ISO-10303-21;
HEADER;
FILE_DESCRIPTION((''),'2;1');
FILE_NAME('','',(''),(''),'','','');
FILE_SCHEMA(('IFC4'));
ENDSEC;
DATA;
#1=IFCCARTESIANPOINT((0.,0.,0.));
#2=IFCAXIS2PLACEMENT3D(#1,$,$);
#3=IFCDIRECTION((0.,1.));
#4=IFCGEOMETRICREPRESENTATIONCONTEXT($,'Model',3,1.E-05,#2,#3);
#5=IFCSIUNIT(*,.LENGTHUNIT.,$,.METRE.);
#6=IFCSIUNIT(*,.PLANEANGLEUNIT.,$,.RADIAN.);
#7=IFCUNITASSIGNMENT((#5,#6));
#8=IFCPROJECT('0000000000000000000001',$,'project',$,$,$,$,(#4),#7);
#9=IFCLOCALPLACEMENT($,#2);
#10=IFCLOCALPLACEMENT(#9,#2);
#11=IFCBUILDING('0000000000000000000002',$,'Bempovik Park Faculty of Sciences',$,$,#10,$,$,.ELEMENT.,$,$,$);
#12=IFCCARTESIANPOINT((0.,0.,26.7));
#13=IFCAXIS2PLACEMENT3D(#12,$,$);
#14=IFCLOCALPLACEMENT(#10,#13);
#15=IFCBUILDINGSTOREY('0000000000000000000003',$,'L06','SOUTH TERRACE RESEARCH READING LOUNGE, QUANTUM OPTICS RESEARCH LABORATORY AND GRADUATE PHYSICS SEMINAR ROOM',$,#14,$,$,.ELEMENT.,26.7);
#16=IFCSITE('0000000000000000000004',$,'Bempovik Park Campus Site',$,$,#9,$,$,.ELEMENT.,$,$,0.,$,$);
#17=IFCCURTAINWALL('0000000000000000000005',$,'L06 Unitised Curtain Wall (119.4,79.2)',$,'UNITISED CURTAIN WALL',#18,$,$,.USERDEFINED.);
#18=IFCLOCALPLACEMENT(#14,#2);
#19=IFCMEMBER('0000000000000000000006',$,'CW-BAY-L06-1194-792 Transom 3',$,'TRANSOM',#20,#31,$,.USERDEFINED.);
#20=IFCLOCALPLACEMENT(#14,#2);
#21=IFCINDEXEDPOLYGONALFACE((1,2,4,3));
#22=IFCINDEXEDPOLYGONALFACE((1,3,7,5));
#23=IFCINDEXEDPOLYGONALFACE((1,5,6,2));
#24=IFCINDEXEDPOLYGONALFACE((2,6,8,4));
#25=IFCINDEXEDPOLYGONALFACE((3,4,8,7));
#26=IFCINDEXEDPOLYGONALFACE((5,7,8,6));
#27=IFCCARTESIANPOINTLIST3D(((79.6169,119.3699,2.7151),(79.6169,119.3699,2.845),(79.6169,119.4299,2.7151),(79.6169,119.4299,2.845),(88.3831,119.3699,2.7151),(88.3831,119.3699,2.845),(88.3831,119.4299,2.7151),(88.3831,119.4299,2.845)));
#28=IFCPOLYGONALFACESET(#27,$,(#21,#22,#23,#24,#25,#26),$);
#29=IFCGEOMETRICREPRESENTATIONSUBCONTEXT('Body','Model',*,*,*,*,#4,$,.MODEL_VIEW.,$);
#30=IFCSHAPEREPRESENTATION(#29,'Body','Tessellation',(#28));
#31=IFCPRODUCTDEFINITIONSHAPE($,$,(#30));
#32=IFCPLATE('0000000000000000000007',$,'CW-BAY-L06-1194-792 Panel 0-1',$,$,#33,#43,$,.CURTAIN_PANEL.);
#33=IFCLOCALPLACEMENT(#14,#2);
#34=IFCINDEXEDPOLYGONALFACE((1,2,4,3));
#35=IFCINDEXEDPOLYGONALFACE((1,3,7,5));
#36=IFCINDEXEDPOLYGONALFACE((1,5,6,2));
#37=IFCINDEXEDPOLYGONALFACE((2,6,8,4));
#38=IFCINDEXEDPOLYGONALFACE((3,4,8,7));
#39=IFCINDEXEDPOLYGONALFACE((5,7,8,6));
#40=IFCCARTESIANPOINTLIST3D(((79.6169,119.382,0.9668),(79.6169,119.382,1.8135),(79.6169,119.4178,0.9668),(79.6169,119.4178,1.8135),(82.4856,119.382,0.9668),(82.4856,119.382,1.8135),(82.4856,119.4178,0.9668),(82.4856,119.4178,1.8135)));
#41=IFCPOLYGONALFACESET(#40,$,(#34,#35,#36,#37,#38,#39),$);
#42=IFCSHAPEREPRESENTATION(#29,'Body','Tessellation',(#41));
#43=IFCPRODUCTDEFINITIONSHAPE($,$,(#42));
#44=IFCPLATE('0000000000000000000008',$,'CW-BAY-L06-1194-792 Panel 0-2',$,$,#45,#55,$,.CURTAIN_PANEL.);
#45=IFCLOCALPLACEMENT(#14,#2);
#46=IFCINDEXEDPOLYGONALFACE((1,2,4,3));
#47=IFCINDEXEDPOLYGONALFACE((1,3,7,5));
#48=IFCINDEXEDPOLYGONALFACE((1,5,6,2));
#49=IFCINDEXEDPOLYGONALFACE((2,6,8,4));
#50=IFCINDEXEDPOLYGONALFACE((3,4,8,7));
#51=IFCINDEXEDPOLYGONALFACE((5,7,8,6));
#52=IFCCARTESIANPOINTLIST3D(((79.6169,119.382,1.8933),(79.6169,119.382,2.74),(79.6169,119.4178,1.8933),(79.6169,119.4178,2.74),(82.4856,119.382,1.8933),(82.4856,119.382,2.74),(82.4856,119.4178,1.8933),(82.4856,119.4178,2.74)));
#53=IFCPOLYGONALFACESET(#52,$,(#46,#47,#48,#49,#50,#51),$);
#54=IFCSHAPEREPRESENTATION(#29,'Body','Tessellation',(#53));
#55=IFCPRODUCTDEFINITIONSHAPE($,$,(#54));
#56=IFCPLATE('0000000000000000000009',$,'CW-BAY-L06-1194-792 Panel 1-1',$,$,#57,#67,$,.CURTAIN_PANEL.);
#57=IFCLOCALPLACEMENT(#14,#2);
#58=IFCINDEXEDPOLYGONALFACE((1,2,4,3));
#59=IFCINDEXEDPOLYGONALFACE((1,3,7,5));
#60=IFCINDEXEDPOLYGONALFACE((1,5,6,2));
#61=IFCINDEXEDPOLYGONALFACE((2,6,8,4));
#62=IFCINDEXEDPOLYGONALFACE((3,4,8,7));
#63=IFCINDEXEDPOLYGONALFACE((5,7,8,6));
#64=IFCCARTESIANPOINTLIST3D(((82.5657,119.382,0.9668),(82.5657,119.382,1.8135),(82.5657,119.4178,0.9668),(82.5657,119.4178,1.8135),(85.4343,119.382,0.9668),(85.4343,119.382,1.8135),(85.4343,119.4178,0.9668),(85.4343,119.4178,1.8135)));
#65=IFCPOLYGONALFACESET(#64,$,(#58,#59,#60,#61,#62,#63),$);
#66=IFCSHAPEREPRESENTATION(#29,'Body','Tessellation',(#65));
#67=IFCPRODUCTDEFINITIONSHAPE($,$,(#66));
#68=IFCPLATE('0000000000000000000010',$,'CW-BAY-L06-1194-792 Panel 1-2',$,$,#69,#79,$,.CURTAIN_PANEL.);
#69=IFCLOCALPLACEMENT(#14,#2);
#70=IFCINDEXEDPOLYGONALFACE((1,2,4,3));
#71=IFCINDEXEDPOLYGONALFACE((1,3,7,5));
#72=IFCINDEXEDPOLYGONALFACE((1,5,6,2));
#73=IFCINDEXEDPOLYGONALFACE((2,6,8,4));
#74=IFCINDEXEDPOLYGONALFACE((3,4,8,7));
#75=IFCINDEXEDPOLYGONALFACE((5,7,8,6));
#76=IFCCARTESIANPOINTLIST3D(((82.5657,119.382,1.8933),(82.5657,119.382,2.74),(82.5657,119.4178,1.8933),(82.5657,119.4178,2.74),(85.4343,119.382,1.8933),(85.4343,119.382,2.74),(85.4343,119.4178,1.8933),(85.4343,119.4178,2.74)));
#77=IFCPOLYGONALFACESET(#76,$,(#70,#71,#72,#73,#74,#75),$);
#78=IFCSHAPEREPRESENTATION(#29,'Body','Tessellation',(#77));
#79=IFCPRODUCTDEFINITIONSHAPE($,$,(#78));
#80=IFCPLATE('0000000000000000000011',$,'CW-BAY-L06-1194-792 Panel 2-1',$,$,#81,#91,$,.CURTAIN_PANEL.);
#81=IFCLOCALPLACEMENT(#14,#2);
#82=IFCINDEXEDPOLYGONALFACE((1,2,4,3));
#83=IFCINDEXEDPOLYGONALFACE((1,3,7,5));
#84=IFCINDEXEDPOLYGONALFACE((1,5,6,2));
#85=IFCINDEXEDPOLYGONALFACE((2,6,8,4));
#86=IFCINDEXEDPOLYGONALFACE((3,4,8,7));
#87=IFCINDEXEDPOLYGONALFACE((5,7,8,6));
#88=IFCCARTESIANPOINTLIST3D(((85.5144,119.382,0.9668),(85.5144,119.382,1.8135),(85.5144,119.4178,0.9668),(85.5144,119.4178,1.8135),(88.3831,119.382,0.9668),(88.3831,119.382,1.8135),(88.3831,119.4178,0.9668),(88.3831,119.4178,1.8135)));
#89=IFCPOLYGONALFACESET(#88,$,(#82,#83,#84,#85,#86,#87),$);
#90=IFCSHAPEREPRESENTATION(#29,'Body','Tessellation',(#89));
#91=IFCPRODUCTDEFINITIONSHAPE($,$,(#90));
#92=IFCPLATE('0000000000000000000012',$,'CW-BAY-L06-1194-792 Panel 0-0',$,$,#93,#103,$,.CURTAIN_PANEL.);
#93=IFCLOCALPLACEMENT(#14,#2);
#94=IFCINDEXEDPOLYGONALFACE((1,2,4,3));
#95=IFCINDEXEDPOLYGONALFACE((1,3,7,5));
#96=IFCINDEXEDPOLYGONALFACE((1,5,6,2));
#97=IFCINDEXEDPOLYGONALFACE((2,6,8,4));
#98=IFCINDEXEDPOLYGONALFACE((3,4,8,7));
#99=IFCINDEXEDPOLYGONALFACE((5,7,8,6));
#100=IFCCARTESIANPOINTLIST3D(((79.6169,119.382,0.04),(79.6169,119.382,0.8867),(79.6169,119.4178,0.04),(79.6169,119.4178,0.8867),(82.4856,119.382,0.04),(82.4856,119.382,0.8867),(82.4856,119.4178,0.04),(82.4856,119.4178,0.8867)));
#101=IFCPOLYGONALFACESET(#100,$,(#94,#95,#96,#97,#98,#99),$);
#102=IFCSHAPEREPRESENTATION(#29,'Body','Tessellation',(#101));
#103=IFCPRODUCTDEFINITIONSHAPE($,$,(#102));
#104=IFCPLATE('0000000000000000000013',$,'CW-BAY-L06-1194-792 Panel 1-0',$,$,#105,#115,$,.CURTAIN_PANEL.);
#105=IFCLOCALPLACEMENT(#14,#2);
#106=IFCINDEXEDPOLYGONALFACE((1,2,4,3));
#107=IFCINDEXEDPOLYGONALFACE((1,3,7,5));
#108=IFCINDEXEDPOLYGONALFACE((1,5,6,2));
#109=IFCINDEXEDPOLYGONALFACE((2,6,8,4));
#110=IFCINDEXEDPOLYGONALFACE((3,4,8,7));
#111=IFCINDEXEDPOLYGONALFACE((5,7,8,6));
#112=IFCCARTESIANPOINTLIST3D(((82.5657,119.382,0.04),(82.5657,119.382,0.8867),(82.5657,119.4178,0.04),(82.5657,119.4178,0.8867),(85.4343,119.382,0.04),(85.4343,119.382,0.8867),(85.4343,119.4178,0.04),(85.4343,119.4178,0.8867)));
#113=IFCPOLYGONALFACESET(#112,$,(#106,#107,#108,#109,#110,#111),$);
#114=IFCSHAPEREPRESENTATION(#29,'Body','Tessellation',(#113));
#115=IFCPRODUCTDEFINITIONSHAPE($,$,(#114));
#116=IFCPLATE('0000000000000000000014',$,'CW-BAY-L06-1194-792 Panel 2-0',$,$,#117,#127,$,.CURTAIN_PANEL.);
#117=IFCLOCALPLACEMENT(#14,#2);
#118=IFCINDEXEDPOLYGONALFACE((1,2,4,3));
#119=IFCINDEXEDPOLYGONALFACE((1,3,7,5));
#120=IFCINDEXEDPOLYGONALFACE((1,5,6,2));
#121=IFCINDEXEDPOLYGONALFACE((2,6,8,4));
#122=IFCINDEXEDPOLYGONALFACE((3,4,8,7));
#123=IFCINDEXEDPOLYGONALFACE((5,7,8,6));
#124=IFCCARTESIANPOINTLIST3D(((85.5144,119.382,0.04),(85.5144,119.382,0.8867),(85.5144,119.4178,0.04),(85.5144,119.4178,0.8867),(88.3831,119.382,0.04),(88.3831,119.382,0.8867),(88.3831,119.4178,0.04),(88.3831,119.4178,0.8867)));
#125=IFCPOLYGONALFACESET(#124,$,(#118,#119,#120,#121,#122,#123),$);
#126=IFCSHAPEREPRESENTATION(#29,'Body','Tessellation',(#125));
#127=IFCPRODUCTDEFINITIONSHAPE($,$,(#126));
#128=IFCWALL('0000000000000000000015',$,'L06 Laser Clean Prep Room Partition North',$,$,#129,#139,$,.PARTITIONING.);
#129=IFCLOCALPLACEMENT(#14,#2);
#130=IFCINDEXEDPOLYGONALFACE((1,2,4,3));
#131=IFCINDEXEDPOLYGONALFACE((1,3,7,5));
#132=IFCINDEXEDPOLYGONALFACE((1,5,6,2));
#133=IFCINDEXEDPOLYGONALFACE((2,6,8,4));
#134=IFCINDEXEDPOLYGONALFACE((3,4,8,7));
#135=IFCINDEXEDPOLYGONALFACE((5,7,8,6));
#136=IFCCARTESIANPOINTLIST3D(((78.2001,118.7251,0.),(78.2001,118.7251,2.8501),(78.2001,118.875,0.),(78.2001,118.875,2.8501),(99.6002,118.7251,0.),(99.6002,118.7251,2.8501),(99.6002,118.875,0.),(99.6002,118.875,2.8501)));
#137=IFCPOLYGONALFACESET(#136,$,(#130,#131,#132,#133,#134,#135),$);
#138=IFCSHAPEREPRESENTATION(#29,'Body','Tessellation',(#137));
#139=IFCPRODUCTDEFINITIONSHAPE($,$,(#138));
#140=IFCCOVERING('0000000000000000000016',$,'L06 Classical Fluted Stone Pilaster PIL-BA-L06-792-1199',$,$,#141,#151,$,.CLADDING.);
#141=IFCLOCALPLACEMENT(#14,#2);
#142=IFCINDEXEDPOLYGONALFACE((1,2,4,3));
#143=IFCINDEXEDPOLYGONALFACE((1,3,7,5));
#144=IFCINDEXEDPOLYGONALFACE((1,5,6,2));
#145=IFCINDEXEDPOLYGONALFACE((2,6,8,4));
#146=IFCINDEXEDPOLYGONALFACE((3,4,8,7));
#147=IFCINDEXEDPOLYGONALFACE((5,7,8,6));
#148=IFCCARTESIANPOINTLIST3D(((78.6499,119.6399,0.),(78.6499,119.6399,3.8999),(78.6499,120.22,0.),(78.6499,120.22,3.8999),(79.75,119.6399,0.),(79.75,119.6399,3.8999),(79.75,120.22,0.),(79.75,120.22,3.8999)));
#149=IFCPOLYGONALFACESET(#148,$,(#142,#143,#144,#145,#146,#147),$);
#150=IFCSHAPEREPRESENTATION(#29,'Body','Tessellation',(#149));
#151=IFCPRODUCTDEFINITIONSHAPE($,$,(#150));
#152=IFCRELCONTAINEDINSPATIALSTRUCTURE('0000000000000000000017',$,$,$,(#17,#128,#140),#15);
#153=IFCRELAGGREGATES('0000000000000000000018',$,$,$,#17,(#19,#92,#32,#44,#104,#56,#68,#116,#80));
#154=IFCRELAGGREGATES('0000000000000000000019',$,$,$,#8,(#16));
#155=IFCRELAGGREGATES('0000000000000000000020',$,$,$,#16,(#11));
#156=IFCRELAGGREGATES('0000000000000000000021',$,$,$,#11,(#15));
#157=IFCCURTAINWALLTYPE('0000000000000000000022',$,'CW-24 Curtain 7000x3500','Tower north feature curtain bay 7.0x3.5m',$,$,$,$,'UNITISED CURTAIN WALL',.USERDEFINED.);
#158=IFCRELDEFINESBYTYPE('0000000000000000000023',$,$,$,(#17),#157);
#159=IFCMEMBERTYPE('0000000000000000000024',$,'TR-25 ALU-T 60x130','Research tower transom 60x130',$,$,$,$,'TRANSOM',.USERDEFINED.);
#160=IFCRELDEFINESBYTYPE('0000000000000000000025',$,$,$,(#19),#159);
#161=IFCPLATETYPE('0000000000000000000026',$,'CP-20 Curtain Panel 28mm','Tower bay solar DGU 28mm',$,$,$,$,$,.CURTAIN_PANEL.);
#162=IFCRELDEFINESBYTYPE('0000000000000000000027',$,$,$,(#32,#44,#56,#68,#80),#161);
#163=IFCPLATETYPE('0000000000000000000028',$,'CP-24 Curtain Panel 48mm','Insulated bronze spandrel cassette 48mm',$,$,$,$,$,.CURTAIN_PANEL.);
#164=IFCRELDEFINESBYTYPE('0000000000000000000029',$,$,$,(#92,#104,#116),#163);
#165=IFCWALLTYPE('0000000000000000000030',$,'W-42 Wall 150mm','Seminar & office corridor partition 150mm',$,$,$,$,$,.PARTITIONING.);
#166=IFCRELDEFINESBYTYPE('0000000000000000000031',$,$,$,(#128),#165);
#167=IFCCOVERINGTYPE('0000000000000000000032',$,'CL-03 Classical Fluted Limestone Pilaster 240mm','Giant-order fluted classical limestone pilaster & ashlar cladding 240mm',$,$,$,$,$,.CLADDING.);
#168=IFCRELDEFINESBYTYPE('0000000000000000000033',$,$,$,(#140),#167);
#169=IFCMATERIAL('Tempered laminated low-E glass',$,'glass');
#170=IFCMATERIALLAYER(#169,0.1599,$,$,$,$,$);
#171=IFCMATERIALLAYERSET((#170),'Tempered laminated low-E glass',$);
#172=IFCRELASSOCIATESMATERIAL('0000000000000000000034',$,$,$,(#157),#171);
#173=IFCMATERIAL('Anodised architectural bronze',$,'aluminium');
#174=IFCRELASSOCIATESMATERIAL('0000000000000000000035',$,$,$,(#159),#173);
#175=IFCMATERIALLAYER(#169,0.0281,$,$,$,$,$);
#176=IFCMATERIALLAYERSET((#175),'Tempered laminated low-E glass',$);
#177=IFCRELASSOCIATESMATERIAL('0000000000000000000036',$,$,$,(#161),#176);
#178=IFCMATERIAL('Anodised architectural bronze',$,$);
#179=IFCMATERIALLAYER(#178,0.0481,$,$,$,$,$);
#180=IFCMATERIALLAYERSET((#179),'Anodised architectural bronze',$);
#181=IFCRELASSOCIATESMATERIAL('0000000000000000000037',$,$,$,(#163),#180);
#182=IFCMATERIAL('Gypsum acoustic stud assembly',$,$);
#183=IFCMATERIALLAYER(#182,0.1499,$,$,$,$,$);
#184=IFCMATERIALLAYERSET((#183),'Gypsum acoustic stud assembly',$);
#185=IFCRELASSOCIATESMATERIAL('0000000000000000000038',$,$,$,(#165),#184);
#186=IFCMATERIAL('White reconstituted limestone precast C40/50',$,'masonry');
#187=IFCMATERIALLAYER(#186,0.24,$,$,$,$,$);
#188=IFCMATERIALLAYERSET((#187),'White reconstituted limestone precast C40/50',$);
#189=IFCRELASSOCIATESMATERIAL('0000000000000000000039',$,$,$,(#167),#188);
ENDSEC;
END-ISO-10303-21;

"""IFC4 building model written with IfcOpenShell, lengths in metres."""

from ifc_helpers import new_model, si_unit, direction, frame, frame_2d, origin, origin_2d, place, context, subcontext, project, spatial, rectangle, extrude, material, layer, layer_set, material_profile, profile_set, type_object, element, aggregate, save


model = new_model("IFC4")

# Units and contexts
model_context = context("Model", 3, precision=1e-05, world=origin(), true_north=direction((0.0, 1.0)))
body_context = subcontext(model_context, "Body", "Model", "MODEL_VIEW")
ifc_project = project(units=[si_unit("LENGTHUNIT", "METRE"), si_unit("PLANEANGLEUNIT", "RADIAN")], contexts=[model_context])

# Site, building, storey
site_placement = place(None, origin())
site = spatial("IfcSite", under=ifc_project, at=site_placement, Name="Bempovik Park Campus Site", CompositionType="ELEMENT", RefElevation=0.0)
building_placement = place(site_placement, origin())
building = spatial("IfcBuilding", under=site, at=building_placement, Name="Bempovik Park Faculty of Sciences", CompositionType="ELEMENT")
storey_placement = place(building_placement, frame((0.0, 0.0, 26.7)))
storey = spatial("IfcBuildingStorey", under=building, at=storey_placement, Name="L06", Description="SOUTH TERRACE RESEARCH READING LOUNGE, QUANTUM OPTICS RESEARCH LABORATORY AND GRADUATE PHYSICS SEMINAR ROOM", CompositionType="ELEMENT", Elevation=26.7)

# Curtain wall, member, plates
ifc_material_1 = material(Name="Tempered laminated low-E glass", Category="glass")
ifc_layer_1 = layer(ifc_material_1, 0.1599)
ifc_layer_set_1 = layer_set([ifc_layer_1], Name="Tempered laminated low-E glass")
curtain_wall_type = type_object("IfcCurtainWallType", Name="CW-24 Curtain 7000x3500", Description="Tower north feature curtain bay 7.0x3.5m", ElementType="UNITISED CURTAIN WALL", PredefinedType="USERDEFINED", material=ifc_layer_set_1)
curtain_wall_placement = place(storey_placement, origin())
curtain_wall = element("IfcCurtainWall", 1, at=curtain_wall_placement, inside=storey, type_object=curtain_wall_type, Name="L06 Unitised Curtain Wall (119.4,79.2)", ObjectType="UNITISED CURTAIN WALL", PredefinedType="USERDEFINED")
ifc_material_2 = material(Name="Anodised architectural bronze", Category="aluminium")
ifc_material_profile_1 = material_profile(ifc_material_2, rectangle(XDim=0.0601, YDim=0.1299, at=origin_2d()), Name="ALU-T 60x130")
ifc_profile_set_1 = profile_set([ifc_material_profile_1], Name="Anodised architectural bronze")
member_type_1 = type_object("IfcMemberType", Name="TR-25 ALU-T 60x130", Description="Research tower transom 60x130", ElementType="TRANSOM", PredefinedType="USERDEFINED", material=ifc_profile_set_1)
member_1_placement = place(storey_placement, frame((79.6169, 119.3999, 2.78), z_axis=(1.0, 0.0, 0.0), x_axis=(0.0, 1.0, 0.0)))
member_1 = element("IfcMember", 2, at=member_1_placement, type_object=member_type_1, Name="CW-BAY-L06-1194-792 Transom 3", ObjectType="TRANSOM", PredefinedType="USERDEFINED", context=body_context, shape_type="SweptSolid", body=[
    extrude(rectangle(XDim=0.0601, YDim=0.1299, at=origin_2d()), origin(), (0.0, 0.0, 1.0), 8.7661),
])
ifc_layer_2 = layer(ifc_material_1, 0.0281)
ifc_layer_set_2 = layer_set([ifc_layer_2], Name="Tempered laminated low-E glass")
plate_type_1 = type_object("IfcPlateType", Name="CP-20 Curtain Panel 28mm", Description="Tower bay solar DGU 28mm", PredefinedType="CURTAIN_PANEL", material=ifc_layer_set_2)
plate_1_placement = place(storey_placement, frame((81.0513, 119.3999, 0.9668), z_axis=(0.0, 0.0, 1.0), x_axis=(1.0, 0.0, 0.0)))
plate_1 = element("IfcPlate", 3, at=plate_1_placement, type_object=plate_type_1, Name="CW-BAY-L06-1194-792 Panel 0-1", PredefinedType="CURTAIN_PANEL", context=body_context, shape_type="SweptSolid", body=[
    extrude(rectangle(XDim=2.8687, YDim=0.0359, at=origin_2d()), origin(), (0.0, 0.0, 1.0), 0.8467),
])
plate_2_placement = place(storey_placement, frame((81.0513, 119.3999, 1.8933), z_axis=(0.0, 0.0, 1.0), x_axis=(1.0, 0.0, 0.0)))
plate_2 = element("IfcPlate", 4, at=plate_2_placement, type_object=plate_type_1, Name="CW-BAY-L06-1194-792 Panel 0-2", PredefinedType="CURTAIN_PANEL", context=body_context, shape_type="SweptSolid", body=[
    extrude(rectangle(XDim=2.8687, YDim=0.0359, at=origin_2d()), origin(), (0.0, 0.0, 1.0), 0.8467),
])
plate_3_placement = place(storey_placement, frame((84.0, 119.3999, 0.9668), z_axis=(0.0, 0.0, 1.0), x_axis=(1.0, 0.0, 0.0)))
plate_3 = element("IfcPlate", 5, at=plate_3_placement, type_object=plate_type_1, Name="CW-BAY-L06-1194-792 Panel 1-1", PredefinedType="CURTAIN_PANEL", context=body_context, shape_type="SweptSolid", body=[
    extrude(rectangle(XDim=2.8687, YDim=0.0359, at=origin_2d()), origin(), (0.0, 0.0, 1.0), 0.8467),
])
plate_4_placement = place(storey_placement, frame((84.0, 119.3999, 1.8933), z_axis=(0.0, 0.0, 1.0), x_axis=(1.0, 0.0, 0.0)))
plate_4 = element("IfcPlate", 6, at=plate_4_placement, type_object=plate_type_1, Name="CW-BAY-L06-1194-792 Panel 1-2", PredefinedType="CURTAIN_PANEL", context=body_context, shape_type="SweptSolid", body=[
    extrude(rectangle(XDim=2.8687, YDim=0.0359, at=origin_2d()), origin(), (0.0, 0.0, 1.0), 0.8467),
])
plate_5_placement = place(storey_placement, frame((86.9487, 119.3999, 0.9668), z_axis=(0.0, 0.0, 1.0), x_axis=(1.0, 0.0, 0.0)))
plate_5 = element("IfcPlate", 7, at=plate_5_placement, type_object=plate_type_1, Name="CW-BAY-L06-1194-792 Panel 2-1", PredefinedType="CURTAIN_PANEL", context=body_context, shape_type="SweptSolid", body=[
    extrude(rectangle(XDim=2.8687, YDim=0.0359, at=origin_2d()), origin(), (0.0, 0.0, 1.0), 0.8467),
])
ifc_material_3 = material(Name="Anodised architectural bronze")
ifc_layer_3 = layer(ifc_material_3, 0.0481)
ifc_layer_set_3 = layer_set([ifc_layer_3], Name="Anodised architectural bronze")
plate_type_2 = type_object("IfcPlateType", Name="CP-24 Curtain Panel 48mm", Description="Insulated bronze spandrel cassette 48mm", PredefinedType="CURTAIN_PANEL", material=ifc_layer_set_3)
plate_6_placement = place(storey_placement, frame((81.0513, 119.3999, 0.04), z_axis=(0.0, 0.0, 1.0), x_axis=(1.0, 0.0, 0.0)))
plate_6 = element("IfcPlate", 8, at=plate_6_placement, type_object=plate_type_2, Name="CW-BAY-L06-1194-792 Panel 0-0", PredefinedType="CURTAIN_PANEL", context=body_context, shape_type="SweptSolid", body=[
    extrude(rectangle(XDim=2.8687, YDim=0.0359, at=origin_2d()), origin(), (0.0, 0.0, 1.0), 0.8467),
])
plate_7_placement = place(storey_placement, frame((84.0, 119.3999, 0.04), z_axis=(0.0, 0.0, 1.0), x_axis=(1.0, 0.0, 0.0)))
plate_7 = element("IfcPlate", 9, at=plate_7_placement, type_object=plate_type_2, Name="CW-BAY-L06-1194-792 Panel 1-0", PredefinedType="CURTAIN_PANEL", context=body_context, shape_type="SweptSolid", body=[
    extrude(rectangle(XDim=2.8687, YDim=0.0359, at=origin_2d()), origin(), (0.0, 0.0, 1.0), 0.8467),
])
plate_8_placement = place(storey_placement, frame((86.9487, 119.3999, 0.04), z_axis=(0.0, 0.0, 1.0), x_axis=(1.0, 0.0, 0.0)))
plate_8 = element("IfcPlate", 10, at=plate_8_placement, type_object=plate_type_2, Name="CW-BAY-L06-1194-792 Panel 2-0", PredefinedType="CURTAIN_PANEL", context=body_context, shape_type="SweptSolid", body=[
    extrude(rectangle(XDim=2.8687, YDim=0.0359, at=origin_2d()), origin(), (0.0, 0.0, 1.0), 0.8467),
])
aggregate(curtain_wall, [member_1, plate_6, plate_1, plate_2, plate_7, plate_3, plate_4, plate_8, plate_5])

# Wall
ifc_material_4 = material(Name="Gypsum acoustic stud assembly")
ifc_layer_4 = layer(ifc_material_4, 0.1499)
ifc_layer_set_4 = layer_set([ifc_layer_4], Name="Gypsum acoustic stud assembly")
wall_type = type_object("IfcWallType", Name="W-42 Wall 150mm", Description="Seminar & office corridor partition 150mm", PredefinedType="PARTITIONING", material=ifc_layer_set_4)
wall_placement = place(storey_placement, frame((78.2, 118.8, 0.0), z_axis=(0.0, 0.0, 1.0), x_axis=(1.0, 0.0, 0.0)))
element("IfcWall", 11, at=wall_placement, inside=storey, type_object=wall_type, Name="L06 Laser Clean Prep Room Partition North", PredefinedType="PARTITIONING", context=body_context, shape_type="SweptSolid", body=[
    extrude(rectangle(XDim=21.4001, YDim=0.1499, at=frame_2d((10.7002, 0.0))), origin(), (0.0, 0.0, 1.0), 2.8501),
])

# Covering
ifc_material_5 = material(Name="White reconstituted limestone precast C40/50", Category="masonry")
ifc_layer_5 = layer(ifc_material_5, 0.24)
ifc_layer_set_5 = layer_set([ifc_layer_5], Name="White reconstituted limestone precast C40/50")
covering_type = type_object("IfcCoveringType", Name="CL-03 Classical Fluted Limestone Pilaster 240mm", Description="Giant-order fluted classical limestone pilaster & ashlar cladding 240mm", PredefinedType="CLADDING", material=ifc_layer_set_5)
covering_placement = place(storey_placement, frame((79.2, 119.9299, 0.0), z_axis=(0.0, 0.0, 1.0), x_axis=(1.0, 0.0, 0.0)))
element("IfcCovering", 12, at=covering_placement, inside=storey, type_object=covering_type, Name="L06 Classical Fluted Stone Pilaster PIL-BA-L06-792-1199", PredefinedType="CLADDING", context=body_context, shape_type="SweptSolid", body=[
    extrude(rectangle(XDim=1.1001, YDim=0.5801, at=origin_2d()), origin(), (0.0, 0.0, 1.0), 3.8999),
])

save(model, "model.ifc")
